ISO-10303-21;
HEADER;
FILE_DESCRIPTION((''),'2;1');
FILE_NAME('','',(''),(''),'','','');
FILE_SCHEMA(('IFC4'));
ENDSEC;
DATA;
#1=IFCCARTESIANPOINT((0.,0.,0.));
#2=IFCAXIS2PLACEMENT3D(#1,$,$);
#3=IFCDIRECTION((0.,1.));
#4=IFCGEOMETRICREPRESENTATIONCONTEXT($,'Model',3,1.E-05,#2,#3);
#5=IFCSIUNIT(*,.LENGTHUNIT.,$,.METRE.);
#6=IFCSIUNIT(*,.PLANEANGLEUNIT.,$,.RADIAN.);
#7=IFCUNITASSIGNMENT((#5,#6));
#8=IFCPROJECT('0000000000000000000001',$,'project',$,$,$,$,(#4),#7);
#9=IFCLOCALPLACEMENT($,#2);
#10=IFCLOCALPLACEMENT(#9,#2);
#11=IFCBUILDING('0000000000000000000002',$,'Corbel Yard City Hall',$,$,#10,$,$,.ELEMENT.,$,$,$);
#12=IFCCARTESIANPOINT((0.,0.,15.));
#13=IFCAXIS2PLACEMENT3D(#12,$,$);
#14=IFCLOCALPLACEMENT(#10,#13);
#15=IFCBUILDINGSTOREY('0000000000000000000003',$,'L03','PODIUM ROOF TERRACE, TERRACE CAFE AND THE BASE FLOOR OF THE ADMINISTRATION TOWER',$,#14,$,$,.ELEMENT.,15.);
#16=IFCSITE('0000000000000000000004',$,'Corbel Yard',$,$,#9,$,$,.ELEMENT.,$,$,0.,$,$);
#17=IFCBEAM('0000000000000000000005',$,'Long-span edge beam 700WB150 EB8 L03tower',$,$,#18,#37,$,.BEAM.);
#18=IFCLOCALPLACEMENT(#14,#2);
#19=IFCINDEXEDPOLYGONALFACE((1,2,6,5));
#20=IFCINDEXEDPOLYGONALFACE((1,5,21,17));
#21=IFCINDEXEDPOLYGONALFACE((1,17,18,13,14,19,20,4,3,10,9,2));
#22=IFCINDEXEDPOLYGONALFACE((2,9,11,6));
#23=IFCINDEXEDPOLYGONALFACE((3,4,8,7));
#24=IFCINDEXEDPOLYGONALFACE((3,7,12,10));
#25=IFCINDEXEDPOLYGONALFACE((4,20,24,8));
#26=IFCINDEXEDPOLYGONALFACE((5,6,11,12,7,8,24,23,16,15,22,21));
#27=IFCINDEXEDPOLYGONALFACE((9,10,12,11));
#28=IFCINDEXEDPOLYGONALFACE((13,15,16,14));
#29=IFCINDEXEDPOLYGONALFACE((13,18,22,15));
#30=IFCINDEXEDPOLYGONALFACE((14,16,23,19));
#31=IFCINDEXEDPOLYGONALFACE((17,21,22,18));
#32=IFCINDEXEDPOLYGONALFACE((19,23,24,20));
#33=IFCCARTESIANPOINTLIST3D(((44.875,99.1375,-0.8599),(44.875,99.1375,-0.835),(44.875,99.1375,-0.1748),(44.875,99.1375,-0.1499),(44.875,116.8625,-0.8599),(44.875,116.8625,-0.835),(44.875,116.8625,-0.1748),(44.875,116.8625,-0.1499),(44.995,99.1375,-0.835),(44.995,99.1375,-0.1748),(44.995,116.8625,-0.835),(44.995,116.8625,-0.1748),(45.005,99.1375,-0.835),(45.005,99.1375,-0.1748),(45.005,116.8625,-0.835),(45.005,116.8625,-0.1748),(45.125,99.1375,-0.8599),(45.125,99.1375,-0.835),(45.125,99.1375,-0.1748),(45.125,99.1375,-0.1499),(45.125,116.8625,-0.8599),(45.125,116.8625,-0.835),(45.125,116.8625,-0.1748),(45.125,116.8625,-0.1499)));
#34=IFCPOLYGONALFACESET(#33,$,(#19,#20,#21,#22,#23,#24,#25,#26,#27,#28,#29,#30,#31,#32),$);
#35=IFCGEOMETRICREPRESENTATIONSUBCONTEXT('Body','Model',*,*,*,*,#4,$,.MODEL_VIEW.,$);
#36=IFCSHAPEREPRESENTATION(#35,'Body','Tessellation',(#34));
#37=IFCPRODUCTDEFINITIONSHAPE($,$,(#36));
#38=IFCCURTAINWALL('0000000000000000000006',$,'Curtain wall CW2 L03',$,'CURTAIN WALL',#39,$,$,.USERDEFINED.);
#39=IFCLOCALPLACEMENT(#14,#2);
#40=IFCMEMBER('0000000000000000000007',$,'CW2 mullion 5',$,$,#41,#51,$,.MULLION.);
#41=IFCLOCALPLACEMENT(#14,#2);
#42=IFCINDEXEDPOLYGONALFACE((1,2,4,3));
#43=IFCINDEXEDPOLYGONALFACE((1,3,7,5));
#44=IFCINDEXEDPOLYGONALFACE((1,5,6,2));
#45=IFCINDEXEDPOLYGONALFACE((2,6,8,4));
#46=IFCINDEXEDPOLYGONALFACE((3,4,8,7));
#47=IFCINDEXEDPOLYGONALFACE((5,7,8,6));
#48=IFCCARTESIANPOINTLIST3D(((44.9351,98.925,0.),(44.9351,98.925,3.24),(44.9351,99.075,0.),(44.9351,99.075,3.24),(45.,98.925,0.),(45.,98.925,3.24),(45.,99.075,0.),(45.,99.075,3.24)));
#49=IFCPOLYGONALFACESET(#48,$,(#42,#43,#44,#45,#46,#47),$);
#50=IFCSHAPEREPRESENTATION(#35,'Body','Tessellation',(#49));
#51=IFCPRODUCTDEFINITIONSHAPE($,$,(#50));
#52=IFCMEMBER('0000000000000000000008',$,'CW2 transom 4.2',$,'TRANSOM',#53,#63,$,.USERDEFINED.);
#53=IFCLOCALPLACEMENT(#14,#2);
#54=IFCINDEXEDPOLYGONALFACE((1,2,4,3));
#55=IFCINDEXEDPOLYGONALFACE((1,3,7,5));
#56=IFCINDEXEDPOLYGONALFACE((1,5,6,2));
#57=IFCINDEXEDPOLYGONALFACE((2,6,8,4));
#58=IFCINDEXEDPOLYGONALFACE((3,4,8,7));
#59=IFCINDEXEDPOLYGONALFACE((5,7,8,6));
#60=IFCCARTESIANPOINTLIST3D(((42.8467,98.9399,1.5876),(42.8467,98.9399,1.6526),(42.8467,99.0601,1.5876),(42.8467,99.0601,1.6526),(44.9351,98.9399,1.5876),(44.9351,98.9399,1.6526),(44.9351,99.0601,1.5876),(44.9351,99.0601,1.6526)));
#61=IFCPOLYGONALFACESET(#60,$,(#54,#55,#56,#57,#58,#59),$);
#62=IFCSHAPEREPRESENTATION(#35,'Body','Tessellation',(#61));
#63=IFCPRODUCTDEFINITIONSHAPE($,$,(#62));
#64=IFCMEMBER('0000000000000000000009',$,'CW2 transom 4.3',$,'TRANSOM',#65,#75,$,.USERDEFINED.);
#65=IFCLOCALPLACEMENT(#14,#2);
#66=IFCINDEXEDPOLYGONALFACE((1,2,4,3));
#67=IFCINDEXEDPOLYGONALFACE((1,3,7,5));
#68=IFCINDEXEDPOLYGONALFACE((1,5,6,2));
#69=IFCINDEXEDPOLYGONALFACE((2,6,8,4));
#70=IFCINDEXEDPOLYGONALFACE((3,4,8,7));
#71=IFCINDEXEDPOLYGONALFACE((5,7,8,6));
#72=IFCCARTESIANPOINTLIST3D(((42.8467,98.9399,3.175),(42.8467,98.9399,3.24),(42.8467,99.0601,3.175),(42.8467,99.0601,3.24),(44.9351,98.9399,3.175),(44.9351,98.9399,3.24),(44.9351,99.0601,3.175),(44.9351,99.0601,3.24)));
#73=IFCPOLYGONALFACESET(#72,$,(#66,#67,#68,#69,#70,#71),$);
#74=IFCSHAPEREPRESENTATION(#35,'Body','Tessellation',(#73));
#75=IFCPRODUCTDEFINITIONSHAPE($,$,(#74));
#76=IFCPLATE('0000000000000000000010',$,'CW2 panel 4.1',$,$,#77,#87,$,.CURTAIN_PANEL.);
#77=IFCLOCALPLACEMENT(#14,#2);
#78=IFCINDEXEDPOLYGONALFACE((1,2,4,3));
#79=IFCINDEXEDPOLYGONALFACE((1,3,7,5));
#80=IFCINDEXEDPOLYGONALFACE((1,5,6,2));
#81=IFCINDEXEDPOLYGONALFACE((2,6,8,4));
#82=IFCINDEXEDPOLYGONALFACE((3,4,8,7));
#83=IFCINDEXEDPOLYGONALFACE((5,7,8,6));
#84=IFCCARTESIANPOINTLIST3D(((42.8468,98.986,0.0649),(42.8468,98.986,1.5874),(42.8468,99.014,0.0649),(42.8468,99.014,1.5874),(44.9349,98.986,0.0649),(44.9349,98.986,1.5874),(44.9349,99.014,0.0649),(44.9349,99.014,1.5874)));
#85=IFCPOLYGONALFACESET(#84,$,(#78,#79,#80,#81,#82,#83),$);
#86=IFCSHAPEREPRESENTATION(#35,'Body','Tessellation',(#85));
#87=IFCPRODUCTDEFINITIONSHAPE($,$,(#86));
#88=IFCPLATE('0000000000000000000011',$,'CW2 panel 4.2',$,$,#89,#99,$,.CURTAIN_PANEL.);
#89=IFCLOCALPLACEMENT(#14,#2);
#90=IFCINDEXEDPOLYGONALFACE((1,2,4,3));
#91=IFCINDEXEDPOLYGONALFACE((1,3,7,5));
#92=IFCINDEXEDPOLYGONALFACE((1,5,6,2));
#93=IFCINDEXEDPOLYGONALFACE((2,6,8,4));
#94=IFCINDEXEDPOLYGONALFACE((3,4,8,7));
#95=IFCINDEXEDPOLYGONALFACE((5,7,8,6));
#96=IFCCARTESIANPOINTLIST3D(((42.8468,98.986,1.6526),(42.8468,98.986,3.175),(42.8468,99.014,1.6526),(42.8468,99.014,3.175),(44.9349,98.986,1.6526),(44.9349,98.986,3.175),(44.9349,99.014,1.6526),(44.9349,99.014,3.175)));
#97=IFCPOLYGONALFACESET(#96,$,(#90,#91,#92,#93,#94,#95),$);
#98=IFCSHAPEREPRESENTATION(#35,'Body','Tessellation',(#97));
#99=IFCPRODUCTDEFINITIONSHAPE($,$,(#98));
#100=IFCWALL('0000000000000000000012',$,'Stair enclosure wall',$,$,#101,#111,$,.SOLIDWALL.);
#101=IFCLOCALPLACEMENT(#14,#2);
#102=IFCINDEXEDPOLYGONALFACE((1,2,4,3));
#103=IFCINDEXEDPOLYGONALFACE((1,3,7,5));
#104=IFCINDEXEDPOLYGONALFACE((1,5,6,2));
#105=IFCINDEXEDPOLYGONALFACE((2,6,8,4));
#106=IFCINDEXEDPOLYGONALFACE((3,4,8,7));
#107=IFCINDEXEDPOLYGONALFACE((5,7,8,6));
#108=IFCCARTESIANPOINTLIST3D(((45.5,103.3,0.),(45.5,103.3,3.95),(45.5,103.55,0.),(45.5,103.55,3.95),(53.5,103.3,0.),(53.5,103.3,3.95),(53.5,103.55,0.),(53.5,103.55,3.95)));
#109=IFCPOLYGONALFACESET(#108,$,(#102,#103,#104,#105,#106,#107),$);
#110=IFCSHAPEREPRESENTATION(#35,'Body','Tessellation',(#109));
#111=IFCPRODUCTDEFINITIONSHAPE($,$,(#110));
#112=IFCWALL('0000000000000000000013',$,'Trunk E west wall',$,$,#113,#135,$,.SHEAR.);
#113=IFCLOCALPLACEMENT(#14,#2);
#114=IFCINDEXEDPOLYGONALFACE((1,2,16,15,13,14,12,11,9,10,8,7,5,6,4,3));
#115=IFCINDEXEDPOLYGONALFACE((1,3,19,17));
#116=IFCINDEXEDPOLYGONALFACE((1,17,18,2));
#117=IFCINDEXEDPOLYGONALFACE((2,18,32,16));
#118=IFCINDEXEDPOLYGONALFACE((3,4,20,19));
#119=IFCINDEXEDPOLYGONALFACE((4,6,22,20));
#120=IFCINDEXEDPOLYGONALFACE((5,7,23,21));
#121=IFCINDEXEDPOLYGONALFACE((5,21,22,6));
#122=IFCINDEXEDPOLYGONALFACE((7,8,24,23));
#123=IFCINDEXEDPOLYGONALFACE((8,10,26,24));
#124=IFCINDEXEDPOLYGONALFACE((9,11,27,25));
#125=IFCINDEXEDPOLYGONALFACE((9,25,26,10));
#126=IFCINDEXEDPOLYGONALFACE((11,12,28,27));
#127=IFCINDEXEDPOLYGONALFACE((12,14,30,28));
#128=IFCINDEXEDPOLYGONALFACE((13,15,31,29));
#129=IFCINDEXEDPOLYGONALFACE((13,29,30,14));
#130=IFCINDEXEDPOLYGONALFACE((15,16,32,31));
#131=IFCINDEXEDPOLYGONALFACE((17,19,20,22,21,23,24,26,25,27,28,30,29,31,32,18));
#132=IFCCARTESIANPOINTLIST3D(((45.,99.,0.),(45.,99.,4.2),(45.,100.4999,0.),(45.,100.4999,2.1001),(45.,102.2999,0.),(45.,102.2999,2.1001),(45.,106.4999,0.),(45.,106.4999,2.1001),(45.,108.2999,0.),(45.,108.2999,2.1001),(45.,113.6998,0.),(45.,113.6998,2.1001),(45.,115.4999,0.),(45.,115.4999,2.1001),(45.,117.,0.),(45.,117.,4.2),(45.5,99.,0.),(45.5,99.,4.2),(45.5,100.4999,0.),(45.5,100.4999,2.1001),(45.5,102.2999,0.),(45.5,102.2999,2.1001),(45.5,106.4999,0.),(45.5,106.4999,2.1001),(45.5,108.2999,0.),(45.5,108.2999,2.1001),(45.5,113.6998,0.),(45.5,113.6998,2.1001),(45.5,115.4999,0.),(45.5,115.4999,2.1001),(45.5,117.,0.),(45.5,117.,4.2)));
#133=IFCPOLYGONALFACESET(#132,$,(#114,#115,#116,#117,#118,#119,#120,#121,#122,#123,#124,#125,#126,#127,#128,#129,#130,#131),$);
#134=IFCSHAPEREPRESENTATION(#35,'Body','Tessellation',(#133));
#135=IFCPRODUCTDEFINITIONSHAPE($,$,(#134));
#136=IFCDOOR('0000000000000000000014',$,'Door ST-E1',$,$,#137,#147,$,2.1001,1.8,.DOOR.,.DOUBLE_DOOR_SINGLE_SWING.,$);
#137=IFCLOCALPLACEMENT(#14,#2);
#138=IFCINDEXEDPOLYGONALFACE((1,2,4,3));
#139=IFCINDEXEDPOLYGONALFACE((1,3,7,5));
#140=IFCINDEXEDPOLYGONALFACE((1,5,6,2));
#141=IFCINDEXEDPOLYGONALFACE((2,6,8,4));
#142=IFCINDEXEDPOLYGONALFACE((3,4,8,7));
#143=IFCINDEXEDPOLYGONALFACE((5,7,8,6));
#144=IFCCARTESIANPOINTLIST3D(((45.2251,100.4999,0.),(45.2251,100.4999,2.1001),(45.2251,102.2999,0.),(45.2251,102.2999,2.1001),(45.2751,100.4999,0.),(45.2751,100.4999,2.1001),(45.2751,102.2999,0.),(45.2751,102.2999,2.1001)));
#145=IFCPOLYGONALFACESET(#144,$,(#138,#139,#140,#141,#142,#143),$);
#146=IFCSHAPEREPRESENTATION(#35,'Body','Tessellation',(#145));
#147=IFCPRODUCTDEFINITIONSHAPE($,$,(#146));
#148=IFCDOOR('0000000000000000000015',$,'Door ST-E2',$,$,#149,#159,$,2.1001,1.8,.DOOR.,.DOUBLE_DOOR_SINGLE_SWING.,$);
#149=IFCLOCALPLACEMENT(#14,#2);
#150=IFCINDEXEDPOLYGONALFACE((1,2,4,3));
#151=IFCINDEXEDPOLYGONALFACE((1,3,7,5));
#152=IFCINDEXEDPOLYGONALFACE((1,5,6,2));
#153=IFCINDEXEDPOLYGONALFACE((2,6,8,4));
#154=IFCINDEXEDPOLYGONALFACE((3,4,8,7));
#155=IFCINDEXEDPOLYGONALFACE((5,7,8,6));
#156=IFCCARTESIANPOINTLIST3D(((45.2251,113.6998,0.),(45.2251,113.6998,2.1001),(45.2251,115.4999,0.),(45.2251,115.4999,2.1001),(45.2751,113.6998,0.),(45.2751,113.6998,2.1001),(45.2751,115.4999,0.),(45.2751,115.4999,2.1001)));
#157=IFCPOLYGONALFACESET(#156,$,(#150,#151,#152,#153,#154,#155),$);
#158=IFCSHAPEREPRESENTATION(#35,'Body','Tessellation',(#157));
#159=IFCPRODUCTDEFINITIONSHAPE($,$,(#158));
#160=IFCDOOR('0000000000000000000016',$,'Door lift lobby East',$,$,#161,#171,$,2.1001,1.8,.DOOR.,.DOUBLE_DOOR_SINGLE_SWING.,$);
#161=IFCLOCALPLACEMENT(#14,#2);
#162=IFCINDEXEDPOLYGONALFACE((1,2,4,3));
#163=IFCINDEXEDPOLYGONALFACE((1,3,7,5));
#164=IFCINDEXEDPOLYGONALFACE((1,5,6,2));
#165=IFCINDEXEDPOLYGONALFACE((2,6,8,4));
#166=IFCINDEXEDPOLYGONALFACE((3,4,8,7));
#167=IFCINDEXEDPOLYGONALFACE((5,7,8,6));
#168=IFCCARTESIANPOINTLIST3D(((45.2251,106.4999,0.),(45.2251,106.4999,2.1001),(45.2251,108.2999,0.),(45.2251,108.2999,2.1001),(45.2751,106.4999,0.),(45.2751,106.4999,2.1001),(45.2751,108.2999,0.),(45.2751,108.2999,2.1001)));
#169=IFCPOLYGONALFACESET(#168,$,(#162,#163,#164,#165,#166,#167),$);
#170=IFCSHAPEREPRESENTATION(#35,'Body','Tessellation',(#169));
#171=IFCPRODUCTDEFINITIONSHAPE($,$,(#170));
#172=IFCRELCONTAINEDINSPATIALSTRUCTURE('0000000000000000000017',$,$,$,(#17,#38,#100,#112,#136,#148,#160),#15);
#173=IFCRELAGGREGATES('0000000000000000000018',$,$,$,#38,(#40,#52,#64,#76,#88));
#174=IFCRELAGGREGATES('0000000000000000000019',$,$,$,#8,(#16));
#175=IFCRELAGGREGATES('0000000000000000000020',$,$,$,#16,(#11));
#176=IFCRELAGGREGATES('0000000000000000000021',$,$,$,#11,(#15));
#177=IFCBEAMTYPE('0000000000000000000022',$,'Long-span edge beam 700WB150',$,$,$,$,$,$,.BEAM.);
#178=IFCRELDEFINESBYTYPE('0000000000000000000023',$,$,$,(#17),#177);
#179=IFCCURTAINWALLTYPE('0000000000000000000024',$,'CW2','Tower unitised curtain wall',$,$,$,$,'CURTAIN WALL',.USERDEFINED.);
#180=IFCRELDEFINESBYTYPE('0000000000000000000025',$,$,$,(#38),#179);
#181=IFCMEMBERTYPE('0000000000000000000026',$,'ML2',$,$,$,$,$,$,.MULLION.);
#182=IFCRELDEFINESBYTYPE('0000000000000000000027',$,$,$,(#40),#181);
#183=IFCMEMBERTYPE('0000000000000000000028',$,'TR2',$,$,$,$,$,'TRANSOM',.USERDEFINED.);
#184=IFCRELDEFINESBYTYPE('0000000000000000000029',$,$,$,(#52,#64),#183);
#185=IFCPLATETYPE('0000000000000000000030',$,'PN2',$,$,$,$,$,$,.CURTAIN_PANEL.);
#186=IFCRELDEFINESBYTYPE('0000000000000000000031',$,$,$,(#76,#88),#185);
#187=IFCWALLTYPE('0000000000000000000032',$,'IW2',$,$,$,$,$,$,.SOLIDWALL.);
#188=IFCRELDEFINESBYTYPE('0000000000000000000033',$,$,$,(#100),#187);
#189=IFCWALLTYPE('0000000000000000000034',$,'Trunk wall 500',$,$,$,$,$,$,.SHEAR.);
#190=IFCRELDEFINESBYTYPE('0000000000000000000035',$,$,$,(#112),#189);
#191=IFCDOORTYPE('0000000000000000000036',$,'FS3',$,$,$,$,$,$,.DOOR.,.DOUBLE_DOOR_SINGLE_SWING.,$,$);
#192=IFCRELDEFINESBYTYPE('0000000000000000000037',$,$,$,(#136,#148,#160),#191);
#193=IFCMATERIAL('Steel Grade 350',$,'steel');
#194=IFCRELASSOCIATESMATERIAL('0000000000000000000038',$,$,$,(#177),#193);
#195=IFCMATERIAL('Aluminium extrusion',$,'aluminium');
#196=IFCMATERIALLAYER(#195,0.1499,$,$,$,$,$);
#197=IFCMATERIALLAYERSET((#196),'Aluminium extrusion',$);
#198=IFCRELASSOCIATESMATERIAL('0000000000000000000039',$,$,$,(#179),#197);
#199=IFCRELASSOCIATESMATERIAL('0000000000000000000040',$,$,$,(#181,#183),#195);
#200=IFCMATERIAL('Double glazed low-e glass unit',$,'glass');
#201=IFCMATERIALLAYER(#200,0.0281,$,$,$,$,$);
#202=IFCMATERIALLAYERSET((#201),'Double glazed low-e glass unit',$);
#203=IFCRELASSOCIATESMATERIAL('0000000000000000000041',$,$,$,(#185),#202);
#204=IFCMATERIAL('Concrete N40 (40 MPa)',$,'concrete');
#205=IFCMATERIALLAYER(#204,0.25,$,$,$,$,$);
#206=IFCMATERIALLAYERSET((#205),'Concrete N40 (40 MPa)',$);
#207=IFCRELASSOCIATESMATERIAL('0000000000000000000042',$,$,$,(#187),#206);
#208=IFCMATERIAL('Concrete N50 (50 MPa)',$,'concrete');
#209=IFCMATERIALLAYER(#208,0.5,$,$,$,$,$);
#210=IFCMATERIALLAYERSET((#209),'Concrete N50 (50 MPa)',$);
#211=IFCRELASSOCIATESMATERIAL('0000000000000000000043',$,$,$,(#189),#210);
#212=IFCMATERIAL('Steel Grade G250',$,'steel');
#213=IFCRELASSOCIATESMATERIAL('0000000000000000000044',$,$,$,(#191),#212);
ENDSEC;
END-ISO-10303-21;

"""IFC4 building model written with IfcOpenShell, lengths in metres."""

from ifc_helpers import new_model, si_unit, direction, frame, frame_2d, origin, origin_2d, place, context, subcontext, project, spatial, rectangle, i_section, extrude, material, layer, layer_set, material_profile, profile_set, type_object, element, fill, aggregate, save


model = new_model("IFC4")

# Units and contexts
model_context = context("Model", 3, precision=1e-05, world=origin(), true_north=direction((0.0, 1.0)))
body_context = subcontext(model_context, "Body", "Model", "MODEL_VIEW")
ifc_project = project(units=[si_unit("LENGTHUNIT", "METRE"), si_unit("PLANEANGLEUNIT", "RADIAN")], contexts=[model_context])

# Site, building, storey
site_placement = place(None, origin())
site = spatial("IfcSite", under=ifc_project, at=site_placement, Name="Corbel Yard", CompositionType="ELEMENT", RefElevation=0.0)
building_placement = place(site_placement, origin())
building = spatial("IfcBuilding", under=site, at=building_placement, Name="Corbel Yard City Hall", CompositionType="ELEMENT")
storey_placement = place(building_placement, frame((0.0, 0.0, 15.0)))
storey = spatial("IfcBuildingStorey", under=building, at=storey_placement, Name="L03", Description="PODIUM ROOF TERRACE, TERRACE CAFE AND THE BASE FLOOR OF THE ADMINISTRATION TOWER", CompositionType="ELEMENT", Elevation=15.0)

# Beam
ifc_material_1 = material(Name="Steel Grade 350", Category="steel")
ifc_material_profile_1 = material_profile(ifc_material_1, i_section(OverallWidth=0.25, OverallDepth=0.71, WebThickness=0.01, FlangeThickness=0.0249, at=origin_2d()), Name="700WB150")
ifc_profile_set_1 = profile_set([ifc_material_profile_1], Name="Steel Grade 350")
beam_type = type_object("IfcBeamType", Name="Long-span edge beam 700WB150", PredefinedType="BEAM", material=ifc_profile_set_1)
beam_placement = place(storey_placement, frame((45.0, 99.1375, -0.5049), z_axis=(0.0, 1.0, 0.0), x_axis=(-1.0, 0.0, 0.0)))
element("IfcBeam", 1, at=beam_placement, inside=storey, type_object=beam_type, Name="Long-span edge beam 700WB150 EB8 L03tower", PredefinedType="BEAM", context=body_context, shape_type="SweptSolid", body=[
    extrude(i_section(OverallWidth=0.25, OverallDepth=0.71, WebThickness=0.01, FlangeThickness=0.0249, at=origin_2d()), origin(), (0.0, 0.0, 1.0), 17.7251),
])

# Curtain wall, members, plates
ifc_material_2 = material(Name="Aluminium extrusion", Category="aluminium")
ifc_layer_1 = layer(ifc_material_2, 0.1499)
ifc_layer_set_1 = layer_set([ifc_layer_1], Name="Aluminium extrusion")
curtain_wall_type = type_object("IfcCurtainWallType", Name="CW2", Description="Tower unitised curtain wall", ElementType="CURTAIN WALL", PredefinedType="USERDEFINED", material=ifc_layer_set_1)
curtain_wall_placement = place(storey_placement, origin())
curtain_wall = element("IfcCurtainWall", 2, at=curtain_wall_placement, inside=storey, type_object=curtain_wall_type, Name="Curtain wall CW2 L03", ObjectType="CURTAIN WALL", PredefinedType="USERDEFINED")
ifc_material_profile_2 = material_profile(ifc_material_2, rectangle(XDim=0.1499, YDim=0.0649, at=origin_2d()), Name="150x65")
ifc_profile_set_2 = profile_set([ifc_material_profile_2], Name="Aluminium extrusion")
member_type_1 = type_object("IfcMemberType", Name="ML2", PredefinedType="MULLION", material=ifc_profile_set_2)
member_1_placement = place(storey_placement, frame((44.9675, 99.0, 0.0), z_axis=(0.0, 0.0, 1.0), x_axis=(0.0, 1.0, 0.0)))
member_1 = element("IfcMember", 3, at=member_1_placement, type_object=member_type_1, Name="CW2 mullion 5", PredefinedType="MULLION", context=body_context, shape_type="SweptSolid", body=[
    extrude(rectangle(XDim=0.1499, YDim=0.0649, at=origin_2d()), origin(), (0.0, 0.0, 1.0), 3.24),
])
ifc_material_profile_3 = material_profile(ifc_material_2, rectangle(XDim=0.1201, YDim=0.0649, at=origin_2d()), Name="120x65")
ifc_profile_set_3 = profile_set([ifc_material_profile_3], Name="Aluminium extrusion")
member_type_2 = type_object("IfcMemberType", Name="TR2", ElementType="TRANSOM", PredefinedType="USERDEFINED", material=ifc_profile_set_3)
member_2_placement = place(storey_placement, frame((42.8467, 99.0, 1.6201), z_axis=(1.0, 0.0, 0.0), x_axis=(0.0, 1.0, 0.0)))
member_2 = element("IfcMember", 4, at=member_2_placement, type_object=member_type_2, Name="CW2 transom 4.2", ObjectType="TRANSOM", PredefinedType="USERDEFINED", context=body_context, shape_type="SweptSolid", body=[
    extrude(rectangle(XDim=0.1201, YDim=0.0649, at=origin_2d()), origin(), (0.0, 0.0, 1.0), 2.0884),
])
member_3_placement = place(storey_placement, frame((42.8467, 99.0, 3.2075), z_axis=(1.0, 0.0, 0.0), x_axis=(0.0, 1.0, 0.0)))
member_3 = element("IfcMember", 5, at=member_3_placement, type_object=member_type_2, Name="CW2 transom 4.3", ObjectType="TRANSOM", PredefinedType="USERDEFINED", context=body_context, shape_type="SweptSolid", body=[
    extrude(rectangle(XDim=0.1201, YDim=0.0649, at=origin_2d()), origin(), (0.0, 0.0, 1.0), 2.0884),
])
ifc_material_3 = material(Name="Double glazed low-e glass unit", Category="glass")
ifc_layer_2 = layer(ifc_material_3, 0.0281)
ifc_layer_set_2 = layer_set([ifc_layer_2], Name="Double glazed low-e glass unit")
plate_type = type_object("IfcPlateType", Name="PN2", PredefinedType="CURTAIN_PANEL", material=ifc_layer_set_2)
plate_1_placement = place(storey_placement, frame((43.8909, 99.0, 0.0649), z_axis=(0.0, 0.0, 1.0), x_axis=(1.0, 0.0, 0.0)))
plate_1 = element("IfcPlate", 6, at=plate_1_placement, type_object=plate_type, Name="CW2 panel 4.1", PredefinedType="CURTAIN_PANEL", context=body_context, shape_type="SweptSolid", body=[
    extrude(rectangle(XDim=2.0881, YDim=0.0281, at=origin_2d()), origin(), (0.0, 0.0, 1.0), 1.5225),
])
plate_2_placement = place(storey_placement, frame((43.8909, 99.0, 1.6526), z_axis=(0.0, 0.0, 1.0), x_axis=(1.0, 0.0, 0.0)))
plate_2 = element("IfcPlate", 7, at=plate_2_placement, type_object=plate_type, Name="CW2 panel 4.2", PredefinedType="CURTAIN_PANEL", context=body_context, shape_type="SweptSolid", body=[
    extrude(rectangle(XDim=2.0881, YDim=0.0281, at=origin_2d()), origin(), (0.0, 0.0, 1.0), 1.5225),
])
aggregate(curtain_wall, [member_1, member_2, member_3, plate_1, plate_2])

# Wall
ifc_material_4 = material(Name="Concrete N40 (40 MPa)", Category="concrete")
ifc_layer_3 = layer(ifc_material_4, 0.25)
ifc_layer_set_3 = layer_set([ifc_layer_3], Name="Concrete N40 (40 MPa)")
wall_type_1 = type_object("IfcWallType", Name="IW2", PredefinedType="SOLIDWALL", material=ifc_layer_set_3)
wall_1_placement = place(storey_placement, frame((45.5, 103.425, 0.0), z_axis=(0.0, 0.0, 1.0), x_axis=(1.0, 0.0, 0.0)))
element("IfcWall", 8, at=wall_1_placement, inside=storey, type_object=wall_type_1, Name="Stair enclosure wall", PredefinedType="SOLIDWALL", context=body_context, shape_type="SweptSolid", body=[
    extrude(rectangle(XDim=8.0, YDim=0.25, at=frame_2d((4.0, 0.0))), origin(), (0.0, 0.0, 1.0), 3.95),
])

# Wall, openings, doors
ifc_material_5 = material(Name="Concrete N50 (50 MPa)", Category="concrete")
ifc_layer_4 = layer(ifc_material_5, 0.5)
ifc_layer_set_4 = layer_set([ifc_layer_4], Name="Concrete N50 (50 MPa)")
wall_type_2 = type_object("IfcWallType", Name="Trunk wall 500", PredefinedType="SHEAR", material=ifc_layer_set_4)
wall_2_placement = place(storey_placement, frame((45.25, 99.0, 0.0), z_axis=(0.0, 0.0, 1.0), x_axis=(0.0, 1.0, 0.0)))
wall_2 = element("IfcWall", 9, at=wall_2_placement, inside=storey, type_object=wall_type_2, Name="Trunk E west wall", PredefinedType="SHEAR", context=body_context, shape_type="SweptSolid", body=[
    extrude(rectangle(XDim=18.0, YDim=0.5, at=frame_2d((9.0, 0.0))), origin(), (0.0, 0.0, 1.0), 4.2),
])
opening_1_placement = place(wall_2_placement, frame((1.5, 0.0, 0.0)))
opening_1 = element("IfcOpeningElement", 10, at=opening_1_placement, cuts=wall_2, PredefinedType="OPENING", context=body_context, shape_type="SweptSolid", body=[
    extrude(rectangle(XDim=1.8, YDim=2.1001, at=frame_2d((0.8999, 1.05))), frame((0.0, 0.26, 0.0), z_axis=(0.0, -1.0, 0.0), x_axis=(1.0, 0.0, 0.0)), (0.0, 0.0, 1.0), 0.52),
])
opening_2_placement = place(wall_2_placement, frame((14.7, 0.0, 0.0)))
opening_2 = element("IfcOpeningElement", 11, at=opening_2_placement, cuts=wall_2, PredefinedType="OPENING", context=body_context, shape_type="SweptSolid", body=[
    extrude(rectangle(XDim=1.8, YDim=2.1001, at=frame_2d((0.8999, 1.05))), frame((0.0, 0.26, 0.0), z_axis=(0.0, -1.0, 0.0), x_axis=(1.0, 0.0, 0.0)), (0.0, 0.0, 1.0), 0.52),
])
opening_3_placement = place(wall_2_placement, frame((7.5, 0.0, 0.0)))
opening_3 = element("IfcOpeningElement", 12, at=opening_3_placement, cuts=wall_2, PredefinedType="OPENING", context=body_context, shape_type="SweptSolid", body=[
    extrude(rectangle(XDim=1.8, YDim=2.1001, at=frame_2d((0.8999, 1.05))), frame((0.0, 0.26, 0.0), z_axis=(0.0, -1.0, 0.0), x_axis=(1.0, 0.0, 0.0)), (0.0, 0.0, 1.0), 0.52),
])
ifc_material_6 = material(Name="Steel Grade G250", Category="steel")
door_type = type_object("IfcDoorType", Name="FS3", OperationType="DOUBLE_DOOR_SINGLE_SWING", PredefinedType="DOOR", material=ifc_material_6)
door_1_placement = place(opening_1_placement, origin())
door_1 = element("IfcDoor", 13, at=door_1_placement, inside=storey, type_object=door_type, Name="Door ST-E1", OperationType="DOUBLE_DOOR_SINGLE_SWING", OverallHeight=2.1001, OverallWidth=1.8, PredefinedType="DOOR", context=body_context, shape_type="SweptSolid", body=[
    extrude(rectangle(XDim=1.8, YDim=2.1001, at=frame_2d((0.8999, 1.05))), frame((0.0, 0.0249, 0.0), z_axis=(0.0, -1.0, 0.0), x_axis=(1.0, 0.0, 0.0)), (0.0, 0.0, 1.0), 0.05),
])
fill(opening_1, door_1)
door_2_placement = place(opening_2_placement, origin())
door_2 = element("IfcDoor", 14, at=door_2_placement, inside=storey, type_object=door_type, Name="Door ST-E2", OperationType="DOUBLE_DOOR_SINGLE_SWING", OverallHeight=2.1001, OverallWidth=1.8, PredefinedType="DOOR", context=body_context, shape_type="SweptSolid", body=[
    extrude(rectangle(XDim=1.8, YDim=2.1001, at=frame_2d((0.8999, 1.05))), frame((0.0, 0.0249, 0.0), z_axis=(0.0, -1.0, 0.0), x_axis=(1.0, 0.0, 0.0)), (0.0, 0.0, 1.0), 0.05),
])
fill(opening_2, door_2)
door_3_placement = place(opening_3_placement, origin())
door_3 = element("IfcDoor", 15, at=door_3_placement, inside=storey, type_object=door_type, Name="Door lift lobby East", OperationType="DOUBLE_DOOR_SINGLE_SWING", OverallHeight=2.1001, OverallWidth=1.8, PredefinedType="DOOR", context=body_context, shape_type="SweptSolid", body=[
    extrude(rectangle(XDim=1.8, YDim=2.1001, at=frame_2d((0.8999, 1.05))), frame((0.0, 0.0249, 0.0), z_axis=(0.0, -1.0, 0.0), x_axis=(1.0, 0.0, 0.0)), (0.0, 0.0, 1.0), 0.05),
])
fill(opening_3, door_3)

save(model, "model.ifc")
